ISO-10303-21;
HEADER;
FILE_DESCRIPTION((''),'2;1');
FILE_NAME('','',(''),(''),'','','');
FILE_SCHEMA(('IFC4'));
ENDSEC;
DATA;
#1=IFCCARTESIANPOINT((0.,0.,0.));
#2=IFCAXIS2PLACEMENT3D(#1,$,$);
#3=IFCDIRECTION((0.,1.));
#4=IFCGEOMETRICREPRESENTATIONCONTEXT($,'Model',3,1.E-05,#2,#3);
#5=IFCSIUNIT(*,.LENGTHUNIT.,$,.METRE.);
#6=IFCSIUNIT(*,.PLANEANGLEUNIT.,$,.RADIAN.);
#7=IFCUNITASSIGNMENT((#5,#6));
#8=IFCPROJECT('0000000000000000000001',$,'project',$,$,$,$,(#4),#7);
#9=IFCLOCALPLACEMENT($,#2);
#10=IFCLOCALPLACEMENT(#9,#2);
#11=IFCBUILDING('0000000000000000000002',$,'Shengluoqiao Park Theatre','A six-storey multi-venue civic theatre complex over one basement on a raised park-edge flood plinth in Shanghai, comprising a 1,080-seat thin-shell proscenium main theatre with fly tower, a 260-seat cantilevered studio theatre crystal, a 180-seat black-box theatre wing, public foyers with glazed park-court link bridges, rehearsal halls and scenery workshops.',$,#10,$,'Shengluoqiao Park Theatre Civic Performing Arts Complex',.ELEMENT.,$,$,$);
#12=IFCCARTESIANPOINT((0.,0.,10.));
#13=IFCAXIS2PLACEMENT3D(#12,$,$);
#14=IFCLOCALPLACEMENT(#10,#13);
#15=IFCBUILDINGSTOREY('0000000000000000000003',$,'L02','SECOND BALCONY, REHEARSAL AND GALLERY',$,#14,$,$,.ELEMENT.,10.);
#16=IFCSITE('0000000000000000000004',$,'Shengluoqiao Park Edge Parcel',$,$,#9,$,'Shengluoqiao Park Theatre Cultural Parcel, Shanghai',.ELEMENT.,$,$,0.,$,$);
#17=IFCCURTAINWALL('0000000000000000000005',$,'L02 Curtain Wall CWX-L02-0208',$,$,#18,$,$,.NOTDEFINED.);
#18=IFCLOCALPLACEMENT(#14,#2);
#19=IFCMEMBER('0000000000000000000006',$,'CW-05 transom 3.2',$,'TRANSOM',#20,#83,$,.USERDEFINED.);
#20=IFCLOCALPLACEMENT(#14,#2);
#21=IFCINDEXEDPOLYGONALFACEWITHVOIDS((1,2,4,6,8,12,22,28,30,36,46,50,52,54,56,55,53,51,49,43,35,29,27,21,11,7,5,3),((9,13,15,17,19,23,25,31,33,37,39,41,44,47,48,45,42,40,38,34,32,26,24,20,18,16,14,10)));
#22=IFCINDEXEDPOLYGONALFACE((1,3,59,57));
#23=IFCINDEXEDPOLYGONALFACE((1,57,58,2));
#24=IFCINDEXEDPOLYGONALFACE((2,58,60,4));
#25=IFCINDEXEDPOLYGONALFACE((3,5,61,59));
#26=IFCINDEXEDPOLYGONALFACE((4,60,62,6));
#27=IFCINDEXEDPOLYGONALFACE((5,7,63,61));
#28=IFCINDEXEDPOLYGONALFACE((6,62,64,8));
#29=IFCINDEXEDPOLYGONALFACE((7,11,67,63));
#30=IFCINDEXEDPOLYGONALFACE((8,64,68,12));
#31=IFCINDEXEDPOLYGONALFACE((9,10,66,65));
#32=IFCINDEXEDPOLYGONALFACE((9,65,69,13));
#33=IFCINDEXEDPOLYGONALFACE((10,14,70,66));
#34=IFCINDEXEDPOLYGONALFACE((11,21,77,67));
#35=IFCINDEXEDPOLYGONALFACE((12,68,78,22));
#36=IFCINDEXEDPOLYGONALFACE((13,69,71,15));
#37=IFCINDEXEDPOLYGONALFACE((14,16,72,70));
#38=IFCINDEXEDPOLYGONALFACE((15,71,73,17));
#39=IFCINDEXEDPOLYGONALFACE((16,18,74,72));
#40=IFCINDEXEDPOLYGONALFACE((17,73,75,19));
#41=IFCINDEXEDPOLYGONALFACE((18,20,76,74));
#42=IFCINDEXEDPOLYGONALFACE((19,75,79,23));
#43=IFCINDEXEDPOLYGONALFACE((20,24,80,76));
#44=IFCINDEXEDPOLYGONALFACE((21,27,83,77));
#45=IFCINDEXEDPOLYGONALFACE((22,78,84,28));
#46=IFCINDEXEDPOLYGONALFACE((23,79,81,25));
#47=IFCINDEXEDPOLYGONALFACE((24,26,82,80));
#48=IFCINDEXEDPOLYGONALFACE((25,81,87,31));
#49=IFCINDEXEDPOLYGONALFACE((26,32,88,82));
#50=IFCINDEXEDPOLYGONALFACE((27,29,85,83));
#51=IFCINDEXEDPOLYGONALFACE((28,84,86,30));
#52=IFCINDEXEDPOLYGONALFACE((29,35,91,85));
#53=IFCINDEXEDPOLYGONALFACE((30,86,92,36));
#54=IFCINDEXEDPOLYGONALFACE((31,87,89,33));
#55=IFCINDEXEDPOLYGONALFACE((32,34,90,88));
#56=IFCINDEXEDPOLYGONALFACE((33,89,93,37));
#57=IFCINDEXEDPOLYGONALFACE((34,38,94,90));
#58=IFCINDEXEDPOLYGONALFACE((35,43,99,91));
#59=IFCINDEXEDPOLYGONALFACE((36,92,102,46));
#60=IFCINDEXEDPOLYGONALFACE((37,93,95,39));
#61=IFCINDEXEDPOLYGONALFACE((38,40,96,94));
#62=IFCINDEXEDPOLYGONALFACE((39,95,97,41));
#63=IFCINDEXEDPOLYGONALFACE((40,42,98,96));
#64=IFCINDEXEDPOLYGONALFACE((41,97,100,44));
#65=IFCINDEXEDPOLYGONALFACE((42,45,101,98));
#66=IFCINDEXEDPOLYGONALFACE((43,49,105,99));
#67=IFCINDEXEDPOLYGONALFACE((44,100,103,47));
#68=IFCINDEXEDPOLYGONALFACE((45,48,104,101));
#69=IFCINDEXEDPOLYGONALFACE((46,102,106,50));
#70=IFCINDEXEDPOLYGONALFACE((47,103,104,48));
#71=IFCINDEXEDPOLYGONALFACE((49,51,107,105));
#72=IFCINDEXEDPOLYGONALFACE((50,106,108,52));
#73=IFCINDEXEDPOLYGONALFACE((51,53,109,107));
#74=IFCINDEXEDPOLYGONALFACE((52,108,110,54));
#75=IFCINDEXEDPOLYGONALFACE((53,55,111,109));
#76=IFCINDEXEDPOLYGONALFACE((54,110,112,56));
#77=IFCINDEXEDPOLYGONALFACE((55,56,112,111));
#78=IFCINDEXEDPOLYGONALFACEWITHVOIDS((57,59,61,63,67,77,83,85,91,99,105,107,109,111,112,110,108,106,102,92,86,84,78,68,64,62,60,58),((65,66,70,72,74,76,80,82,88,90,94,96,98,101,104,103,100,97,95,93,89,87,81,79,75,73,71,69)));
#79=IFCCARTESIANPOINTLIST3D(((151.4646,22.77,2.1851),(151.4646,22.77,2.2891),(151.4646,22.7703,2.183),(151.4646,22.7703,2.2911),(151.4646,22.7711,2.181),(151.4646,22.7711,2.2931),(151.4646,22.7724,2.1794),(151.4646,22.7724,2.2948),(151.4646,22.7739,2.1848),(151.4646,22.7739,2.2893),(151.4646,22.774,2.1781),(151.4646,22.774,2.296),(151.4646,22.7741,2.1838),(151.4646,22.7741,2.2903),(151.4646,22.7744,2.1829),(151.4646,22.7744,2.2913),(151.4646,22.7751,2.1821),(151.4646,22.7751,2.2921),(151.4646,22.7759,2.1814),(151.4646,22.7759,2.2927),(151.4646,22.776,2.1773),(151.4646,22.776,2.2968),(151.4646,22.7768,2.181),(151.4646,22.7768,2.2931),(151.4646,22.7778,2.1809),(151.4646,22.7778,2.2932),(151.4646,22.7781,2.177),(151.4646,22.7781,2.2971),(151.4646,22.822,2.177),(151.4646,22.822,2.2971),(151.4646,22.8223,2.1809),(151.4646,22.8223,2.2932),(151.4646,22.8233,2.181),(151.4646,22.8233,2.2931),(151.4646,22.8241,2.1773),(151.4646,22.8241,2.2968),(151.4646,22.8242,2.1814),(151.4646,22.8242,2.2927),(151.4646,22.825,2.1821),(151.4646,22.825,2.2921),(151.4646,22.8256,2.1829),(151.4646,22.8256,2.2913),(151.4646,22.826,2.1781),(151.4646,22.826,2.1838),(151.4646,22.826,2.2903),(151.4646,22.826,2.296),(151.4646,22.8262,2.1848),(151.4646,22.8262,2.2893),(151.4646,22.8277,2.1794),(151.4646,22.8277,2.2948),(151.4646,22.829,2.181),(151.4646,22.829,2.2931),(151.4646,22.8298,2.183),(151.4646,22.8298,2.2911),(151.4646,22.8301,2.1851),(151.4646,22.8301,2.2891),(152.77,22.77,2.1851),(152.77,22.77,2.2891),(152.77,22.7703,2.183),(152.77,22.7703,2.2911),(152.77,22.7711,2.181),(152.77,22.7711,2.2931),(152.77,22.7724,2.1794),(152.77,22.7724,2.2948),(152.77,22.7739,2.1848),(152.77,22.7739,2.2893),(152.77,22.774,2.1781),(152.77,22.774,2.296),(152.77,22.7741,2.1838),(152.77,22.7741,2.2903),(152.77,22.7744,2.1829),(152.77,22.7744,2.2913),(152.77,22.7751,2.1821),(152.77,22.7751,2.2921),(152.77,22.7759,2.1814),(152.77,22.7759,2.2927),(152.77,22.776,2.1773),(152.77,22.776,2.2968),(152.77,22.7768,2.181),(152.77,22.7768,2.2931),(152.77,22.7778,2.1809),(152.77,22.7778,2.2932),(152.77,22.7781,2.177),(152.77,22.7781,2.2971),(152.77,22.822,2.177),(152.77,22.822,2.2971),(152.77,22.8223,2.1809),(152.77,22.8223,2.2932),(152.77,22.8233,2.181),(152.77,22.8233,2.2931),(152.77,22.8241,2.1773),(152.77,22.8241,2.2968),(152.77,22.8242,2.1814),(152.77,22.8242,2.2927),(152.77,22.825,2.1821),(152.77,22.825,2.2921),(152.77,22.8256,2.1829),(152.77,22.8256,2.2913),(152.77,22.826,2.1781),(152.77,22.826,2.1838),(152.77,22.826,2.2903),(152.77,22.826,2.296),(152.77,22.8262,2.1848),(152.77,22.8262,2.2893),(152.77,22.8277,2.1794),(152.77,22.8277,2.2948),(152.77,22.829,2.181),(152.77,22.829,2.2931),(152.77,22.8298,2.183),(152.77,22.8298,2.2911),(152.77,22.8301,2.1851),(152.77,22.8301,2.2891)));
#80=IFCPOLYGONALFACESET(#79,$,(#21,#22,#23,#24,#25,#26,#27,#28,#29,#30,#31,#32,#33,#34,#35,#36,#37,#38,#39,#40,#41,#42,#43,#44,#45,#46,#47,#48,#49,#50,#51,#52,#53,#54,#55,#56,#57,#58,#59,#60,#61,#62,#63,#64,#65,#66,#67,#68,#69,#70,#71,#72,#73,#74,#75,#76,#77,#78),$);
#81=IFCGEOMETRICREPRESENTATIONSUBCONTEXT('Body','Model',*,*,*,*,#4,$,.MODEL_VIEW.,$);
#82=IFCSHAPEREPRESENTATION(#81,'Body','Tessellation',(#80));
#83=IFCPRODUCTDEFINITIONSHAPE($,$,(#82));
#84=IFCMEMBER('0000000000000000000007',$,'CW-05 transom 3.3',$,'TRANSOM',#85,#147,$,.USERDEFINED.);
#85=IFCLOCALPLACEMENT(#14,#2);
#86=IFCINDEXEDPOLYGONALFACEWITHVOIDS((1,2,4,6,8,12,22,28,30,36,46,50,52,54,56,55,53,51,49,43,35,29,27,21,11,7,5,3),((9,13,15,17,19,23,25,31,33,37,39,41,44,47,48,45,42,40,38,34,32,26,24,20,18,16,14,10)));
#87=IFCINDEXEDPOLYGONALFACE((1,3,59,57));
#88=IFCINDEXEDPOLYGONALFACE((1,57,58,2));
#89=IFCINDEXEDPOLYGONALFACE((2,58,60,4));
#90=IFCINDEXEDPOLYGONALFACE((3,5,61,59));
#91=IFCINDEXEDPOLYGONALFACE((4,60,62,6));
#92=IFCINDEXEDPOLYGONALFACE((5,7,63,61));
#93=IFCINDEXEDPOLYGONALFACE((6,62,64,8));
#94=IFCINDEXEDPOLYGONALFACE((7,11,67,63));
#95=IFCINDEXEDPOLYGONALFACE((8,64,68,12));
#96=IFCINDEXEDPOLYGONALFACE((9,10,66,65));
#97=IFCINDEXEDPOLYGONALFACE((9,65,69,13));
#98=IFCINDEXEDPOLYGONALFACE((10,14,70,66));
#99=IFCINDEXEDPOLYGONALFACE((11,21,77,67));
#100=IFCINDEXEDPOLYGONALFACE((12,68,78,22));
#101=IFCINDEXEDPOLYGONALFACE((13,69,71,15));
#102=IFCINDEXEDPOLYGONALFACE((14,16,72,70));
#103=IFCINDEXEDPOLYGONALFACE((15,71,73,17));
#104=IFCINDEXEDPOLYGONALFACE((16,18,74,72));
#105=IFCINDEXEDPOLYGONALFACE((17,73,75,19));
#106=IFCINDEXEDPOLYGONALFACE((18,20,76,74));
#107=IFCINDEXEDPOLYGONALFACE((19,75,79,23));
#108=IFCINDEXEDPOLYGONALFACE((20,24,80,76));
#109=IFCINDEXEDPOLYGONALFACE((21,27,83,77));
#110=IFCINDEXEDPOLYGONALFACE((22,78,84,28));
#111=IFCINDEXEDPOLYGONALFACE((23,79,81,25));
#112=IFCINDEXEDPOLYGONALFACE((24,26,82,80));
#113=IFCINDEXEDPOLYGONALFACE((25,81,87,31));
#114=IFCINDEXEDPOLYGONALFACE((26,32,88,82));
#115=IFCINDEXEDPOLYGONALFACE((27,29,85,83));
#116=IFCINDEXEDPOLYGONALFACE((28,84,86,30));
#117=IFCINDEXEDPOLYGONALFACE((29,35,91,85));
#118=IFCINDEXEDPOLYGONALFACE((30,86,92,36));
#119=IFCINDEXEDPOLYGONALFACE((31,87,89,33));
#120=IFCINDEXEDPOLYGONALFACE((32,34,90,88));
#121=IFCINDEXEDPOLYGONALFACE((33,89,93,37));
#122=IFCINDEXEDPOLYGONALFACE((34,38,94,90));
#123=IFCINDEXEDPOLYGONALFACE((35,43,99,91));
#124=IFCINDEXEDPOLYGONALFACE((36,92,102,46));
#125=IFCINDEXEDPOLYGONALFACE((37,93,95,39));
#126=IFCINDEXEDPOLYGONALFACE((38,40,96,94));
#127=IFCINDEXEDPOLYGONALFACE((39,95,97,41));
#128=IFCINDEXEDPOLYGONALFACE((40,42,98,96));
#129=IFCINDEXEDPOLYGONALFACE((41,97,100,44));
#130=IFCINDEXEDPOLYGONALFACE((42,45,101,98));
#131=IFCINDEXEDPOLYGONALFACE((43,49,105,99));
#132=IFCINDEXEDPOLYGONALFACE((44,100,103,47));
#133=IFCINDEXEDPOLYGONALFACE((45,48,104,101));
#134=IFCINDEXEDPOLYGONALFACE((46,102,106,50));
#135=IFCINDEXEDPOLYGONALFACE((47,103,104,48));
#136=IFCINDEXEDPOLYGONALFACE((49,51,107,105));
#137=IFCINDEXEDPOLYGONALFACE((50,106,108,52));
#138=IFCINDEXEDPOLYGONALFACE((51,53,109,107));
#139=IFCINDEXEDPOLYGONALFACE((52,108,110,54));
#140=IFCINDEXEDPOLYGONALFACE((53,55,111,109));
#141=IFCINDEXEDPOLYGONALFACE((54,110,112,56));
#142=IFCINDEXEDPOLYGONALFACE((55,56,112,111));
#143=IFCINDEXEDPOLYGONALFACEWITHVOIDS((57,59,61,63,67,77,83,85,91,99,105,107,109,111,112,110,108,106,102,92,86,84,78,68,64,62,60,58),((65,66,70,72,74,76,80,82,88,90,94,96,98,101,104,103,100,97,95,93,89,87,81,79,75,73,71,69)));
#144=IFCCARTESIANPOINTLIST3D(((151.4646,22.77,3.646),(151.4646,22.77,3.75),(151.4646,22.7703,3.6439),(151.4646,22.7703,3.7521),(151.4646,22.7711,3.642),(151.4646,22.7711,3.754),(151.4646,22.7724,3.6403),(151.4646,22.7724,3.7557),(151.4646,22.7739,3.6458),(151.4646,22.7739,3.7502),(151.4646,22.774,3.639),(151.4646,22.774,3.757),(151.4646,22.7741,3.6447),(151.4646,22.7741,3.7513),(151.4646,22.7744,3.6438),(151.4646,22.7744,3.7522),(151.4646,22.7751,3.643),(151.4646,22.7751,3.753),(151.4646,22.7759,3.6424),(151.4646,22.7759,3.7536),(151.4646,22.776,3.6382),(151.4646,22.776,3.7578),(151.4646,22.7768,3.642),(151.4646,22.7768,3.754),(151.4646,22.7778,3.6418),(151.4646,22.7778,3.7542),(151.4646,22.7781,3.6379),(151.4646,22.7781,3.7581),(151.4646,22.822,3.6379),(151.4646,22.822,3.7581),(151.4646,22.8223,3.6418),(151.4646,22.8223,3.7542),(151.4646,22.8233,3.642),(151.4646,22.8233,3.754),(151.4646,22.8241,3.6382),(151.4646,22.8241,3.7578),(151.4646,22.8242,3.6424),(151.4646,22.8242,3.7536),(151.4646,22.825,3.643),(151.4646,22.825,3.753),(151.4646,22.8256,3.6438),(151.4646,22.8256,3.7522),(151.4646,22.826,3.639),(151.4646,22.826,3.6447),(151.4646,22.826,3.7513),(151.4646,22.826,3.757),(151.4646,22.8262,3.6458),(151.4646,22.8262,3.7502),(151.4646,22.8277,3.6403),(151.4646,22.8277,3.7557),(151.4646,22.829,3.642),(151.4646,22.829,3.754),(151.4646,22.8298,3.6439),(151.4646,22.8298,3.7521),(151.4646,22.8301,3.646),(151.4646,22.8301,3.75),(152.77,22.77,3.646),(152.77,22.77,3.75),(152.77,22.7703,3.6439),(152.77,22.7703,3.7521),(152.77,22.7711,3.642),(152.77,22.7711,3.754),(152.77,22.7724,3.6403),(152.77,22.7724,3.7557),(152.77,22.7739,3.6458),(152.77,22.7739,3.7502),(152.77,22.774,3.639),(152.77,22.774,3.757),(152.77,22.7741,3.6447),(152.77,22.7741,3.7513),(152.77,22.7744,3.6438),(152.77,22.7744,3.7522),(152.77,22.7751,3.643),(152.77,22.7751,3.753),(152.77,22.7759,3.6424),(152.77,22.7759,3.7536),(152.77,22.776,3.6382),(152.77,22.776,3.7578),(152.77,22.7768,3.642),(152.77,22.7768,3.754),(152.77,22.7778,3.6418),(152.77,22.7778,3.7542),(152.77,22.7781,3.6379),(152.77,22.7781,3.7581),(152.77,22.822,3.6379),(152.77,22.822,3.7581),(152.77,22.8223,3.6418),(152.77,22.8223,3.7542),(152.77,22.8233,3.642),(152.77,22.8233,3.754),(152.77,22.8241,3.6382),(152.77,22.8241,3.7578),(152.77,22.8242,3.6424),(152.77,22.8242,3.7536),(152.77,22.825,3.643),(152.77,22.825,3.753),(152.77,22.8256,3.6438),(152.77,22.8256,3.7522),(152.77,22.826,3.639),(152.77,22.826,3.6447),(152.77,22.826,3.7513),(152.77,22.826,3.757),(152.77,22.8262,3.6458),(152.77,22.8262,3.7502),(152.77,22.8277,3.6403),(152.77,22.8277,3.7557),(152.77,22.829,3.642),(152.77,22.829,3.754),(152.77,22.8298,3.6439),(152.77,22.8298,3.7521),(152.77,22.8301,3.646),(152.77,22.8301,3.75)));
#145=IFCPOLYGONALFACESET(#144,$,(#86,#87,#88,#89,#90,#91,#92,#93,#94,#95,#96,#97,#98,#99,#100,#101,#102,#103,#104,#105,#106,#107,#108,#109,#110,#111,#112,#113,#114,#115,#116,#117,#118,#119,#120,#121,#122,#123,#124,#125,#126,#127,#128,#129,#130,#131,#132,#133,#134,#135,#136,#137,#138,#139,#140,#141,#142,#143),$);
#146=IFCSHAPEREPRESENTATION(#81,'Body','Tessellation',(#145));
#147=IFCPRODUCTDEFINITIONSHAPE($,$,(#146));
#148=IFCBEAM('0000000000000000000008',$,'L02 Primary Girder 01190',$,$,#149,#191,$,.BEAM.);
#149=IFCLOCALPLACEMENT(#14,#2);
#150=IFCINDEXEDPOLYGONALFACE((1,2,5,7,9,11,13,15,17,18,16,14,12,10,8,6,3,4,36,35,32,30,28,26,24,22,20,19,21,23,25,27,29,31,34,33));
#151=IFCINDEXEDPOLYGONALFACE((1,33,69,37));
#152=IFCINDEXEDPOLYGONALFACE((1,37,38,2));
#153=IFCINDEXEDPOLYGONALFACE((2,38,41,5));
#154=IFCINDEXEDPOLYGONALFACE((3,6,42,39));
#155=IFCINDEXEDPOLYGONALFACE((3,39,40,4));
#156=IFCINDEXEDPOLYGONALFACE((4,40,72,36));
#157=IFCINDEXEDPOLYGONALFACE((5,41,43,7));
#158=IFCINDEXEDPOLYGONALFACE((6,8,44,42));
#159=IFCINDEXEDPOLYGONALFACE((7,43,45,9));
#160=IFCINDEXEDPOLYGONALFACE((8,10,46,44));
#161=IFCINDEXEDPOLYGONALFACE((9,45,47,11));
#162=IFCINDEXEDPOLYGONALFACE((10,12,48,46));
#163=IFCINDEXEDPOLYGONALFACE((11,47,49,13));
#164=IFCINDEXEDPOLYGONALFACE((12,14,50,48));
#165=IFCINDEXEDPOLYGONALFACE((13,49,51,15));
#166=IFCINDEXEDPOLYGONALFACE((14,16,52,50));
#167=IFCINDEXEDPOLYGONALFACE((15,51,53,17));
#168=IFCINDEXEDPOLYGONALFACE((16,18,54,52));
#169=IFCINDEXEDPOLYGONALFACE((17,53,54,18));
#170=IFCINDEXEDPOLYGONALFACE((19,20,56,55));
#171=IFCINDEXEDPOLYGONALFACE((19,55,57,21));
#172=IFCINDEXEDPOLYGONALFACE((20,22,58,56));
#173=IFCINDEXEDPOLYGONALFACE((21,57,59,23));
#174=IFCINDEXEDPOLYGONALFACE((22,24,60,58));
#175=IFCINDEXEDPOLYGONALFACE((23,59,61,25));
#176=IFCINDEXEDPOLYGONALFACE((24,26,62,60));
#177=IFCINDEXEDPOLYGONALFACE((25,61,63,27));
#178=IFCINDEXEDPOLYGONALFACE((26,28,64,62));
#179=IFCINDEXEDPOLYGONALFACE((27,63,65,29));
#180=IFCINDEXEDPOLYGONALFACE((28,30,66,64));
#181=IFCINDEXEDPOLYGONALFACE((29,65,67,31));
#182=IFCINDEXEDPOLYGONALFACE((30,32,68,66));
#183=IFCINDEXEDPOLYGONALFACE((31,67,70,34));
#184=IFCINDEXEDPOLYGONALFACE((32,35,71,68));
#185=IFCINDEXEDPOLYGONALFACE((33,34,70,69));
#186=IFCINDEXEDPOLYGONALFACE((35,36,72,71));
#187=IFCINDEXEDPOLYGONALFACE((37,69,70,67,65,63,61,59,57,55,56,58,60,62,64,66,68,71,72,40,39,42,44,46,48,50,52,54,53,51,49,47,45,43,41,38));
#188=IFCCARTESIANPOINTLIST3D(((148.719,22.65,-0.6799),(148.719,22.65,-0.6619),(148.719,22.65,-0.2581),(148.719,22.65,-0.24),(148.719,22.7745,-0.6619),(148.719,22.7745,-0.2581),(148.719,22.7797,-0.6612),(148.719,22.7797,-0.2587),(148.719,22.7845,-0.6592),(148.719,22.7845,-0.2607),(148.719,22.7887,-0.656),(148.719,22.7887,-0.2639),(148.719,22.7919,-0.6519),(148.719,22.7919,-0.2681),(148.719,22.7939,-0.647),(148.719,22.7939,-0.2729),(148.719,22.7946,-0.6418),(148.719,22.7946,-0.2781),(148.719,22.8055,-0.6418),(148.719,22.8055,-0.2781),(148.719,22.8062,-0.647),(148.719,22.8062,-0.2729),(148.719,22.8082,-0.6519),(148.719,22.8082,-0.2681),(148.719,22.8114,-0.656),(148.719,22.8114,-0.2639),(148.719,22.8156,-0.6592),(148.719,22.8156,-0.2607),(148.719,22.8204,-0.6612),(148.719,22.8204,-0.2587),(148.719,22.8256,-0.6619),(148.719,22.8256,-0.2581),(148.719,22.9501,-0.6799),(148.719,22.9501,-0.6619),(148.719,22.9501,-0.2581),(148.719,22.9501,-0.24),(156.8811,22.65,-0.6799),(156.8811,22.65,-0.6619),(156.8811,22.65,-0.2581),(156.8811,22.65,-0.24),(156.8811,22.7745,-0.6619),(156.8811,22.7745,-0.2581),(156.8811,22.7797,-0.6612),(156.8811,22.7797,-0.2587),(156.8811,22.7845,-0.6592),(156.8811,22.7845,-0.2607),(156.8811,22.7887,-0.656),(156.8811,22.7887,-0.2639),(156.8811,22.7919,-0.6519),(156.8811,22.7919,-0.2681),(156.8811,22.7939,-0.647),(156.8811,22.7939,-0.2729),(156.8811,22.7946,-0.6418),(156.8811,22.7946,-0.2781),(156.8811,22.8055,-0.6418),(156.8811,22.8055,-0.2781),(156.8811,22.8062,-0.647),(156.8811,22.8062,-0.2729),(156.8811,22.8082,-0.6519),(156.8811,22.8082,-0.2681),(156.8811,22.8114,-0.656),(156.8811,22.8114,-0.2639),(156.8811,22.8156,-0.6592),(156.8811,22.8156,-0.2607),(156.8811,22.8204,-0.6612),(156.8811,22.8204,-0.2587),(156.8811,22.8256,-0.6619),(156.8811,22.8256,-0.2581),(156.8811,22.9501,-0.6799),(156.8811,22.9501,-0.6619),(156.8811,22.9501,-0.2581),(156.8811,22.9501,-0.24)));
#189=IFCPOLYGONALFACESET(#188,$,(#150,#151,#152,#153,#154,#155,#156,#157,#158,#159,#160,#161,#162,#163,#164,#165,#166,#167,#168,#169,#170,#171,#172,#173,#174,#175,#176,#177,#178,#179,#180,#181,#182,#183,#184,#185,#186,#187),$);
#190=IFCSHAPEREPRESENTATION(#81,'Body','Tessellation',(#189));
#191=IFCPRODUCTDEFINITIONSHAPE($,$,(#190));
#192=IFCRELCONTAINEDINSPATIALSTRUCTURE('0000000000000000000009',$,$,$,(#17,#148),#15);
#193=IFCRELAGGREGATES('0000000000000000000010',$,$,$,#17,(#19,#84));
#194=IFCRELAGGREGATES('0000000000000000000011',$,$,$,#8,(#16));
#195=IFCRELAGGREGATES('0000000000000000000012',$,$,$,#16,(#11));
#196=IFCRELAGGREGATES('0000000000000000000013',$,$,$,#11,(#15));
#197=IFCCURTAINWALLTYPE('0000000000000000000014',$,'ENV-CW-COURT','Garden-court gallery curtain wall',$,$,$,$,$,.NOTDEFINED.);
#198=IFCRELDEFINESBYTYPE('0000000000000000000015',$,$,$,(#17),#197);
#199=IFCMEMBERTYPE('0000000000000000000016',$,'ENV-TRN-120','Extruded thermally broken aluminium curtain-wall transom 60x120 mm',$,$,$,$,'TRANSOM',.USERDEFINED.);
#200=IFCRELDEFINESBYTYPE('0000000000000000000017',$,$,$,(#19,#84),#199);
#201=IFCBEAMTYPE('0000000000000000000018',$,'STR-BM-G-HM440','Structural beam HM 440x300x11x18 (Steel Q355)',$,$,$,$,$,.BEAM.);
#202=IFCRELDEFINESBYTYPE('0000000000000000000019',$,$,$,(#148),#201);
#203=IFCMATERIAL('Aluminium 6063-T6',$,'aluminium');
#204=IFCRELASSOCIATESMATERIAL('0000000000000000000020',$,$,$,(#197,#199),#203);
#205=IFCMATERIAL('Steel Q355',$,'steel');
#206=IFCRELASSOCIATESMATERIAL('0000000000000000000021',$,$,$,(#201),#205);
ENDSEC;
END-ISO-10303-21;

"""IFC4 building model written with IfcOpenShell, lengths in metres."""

from ifc_helpers import new_model, si_unit, direction, frame, origin, origin_2d, place, context, subcontext, project, spatial, hollow_rectangle, i_section, extrude, material, material_profile, profile_set, type_object, element, aggregate, save


model = new_model("IFC4")

# Units and contexts
model_context = context("Model", 3, precision=1e-05, world=origin(), true_north=direction((0.0, 1.0)))
body_context = subcontext(model_context, "Body", "Model", "MODEL_VIEW")
ifc_project = project(units=[si_unit("LENGTHUNIT", "METRE"), si_unit("PLANEANGLEUNIT", "RADIAN")], contexts=[model_context])

# Site, building, storey
site_placement = place(None, origin())
site = spatial("IfcSite", under=ifc_project, at=site_placement, Name="Shengluoqiao Park Edge Parcel", LongName="Shengluoqiao Park Theatre Cultural Parcel, Shanghai", CompositionType="ELEMENT", RefElevation=0.0)
building_placement = place(site_placement, origin())
building = spatial("IfcBuilding", under=site, at=building_placement, Name="Shengluoqiao Park Theatre", Description="A six-storey multi-venue civic theatre complex over one basement on a raised park-edge flood plinth in Shanghai, comprising a 1,080-seat thin-shell proscenium main theatre with fly tower, a 260-seat cantilevered studio theatre crystal, a 180-seat black-box theatre wing, public foyers with glazed park-court link bridges, rehearsal halls and scenery workshops.", LongName="Shengluoqiao Park Theatre Civic Performing Arts Complex", CompositionType="ELEMENT")
storey_placement = place(building_placement, frame((0.0, 0.0, 10.0)))
storey = spatial("IfcBuildingStorey", under=building, at=storey_placement, Name="L02", Description="SECOND BALCONY, REHEARSAL AND GALLERY", CompositionType="ELEMENT", Elevation=10.0)

# Curtain wall, members
ifc_material_1 = material(Name="Aluminium 6063-T6", Category="aluminium")
curtain_wall_type = type_object("IfcCurtainWallType", Name="ENV-CW-COURT", Description="Garden-court gallery curtain wall", PredefinedType="NOTDEFINED", material=ifc_material_1)
curtain_wall_placement = place(storey_placement, origin())
curtain_wall = element("IfcCurtainWall", 1, at=curtain_wall_placement, inside=storey, type_object=curtain_wall_type, Name="L02 Curtain Wall CWX-L02-0208", PredefinedType="NOTDEFINED")
ifc_material_profile_1 = material_profile(ifc_material_1, hollow_rectangle(XDim=0.0601, YDim=0.1201, WallThickness=0.0039, InnerFilletRadius=0.0039, OuterFilletRadius=0.0081, at=origin_2d()), Name="ALU TRANSOM 120x60x4")
ifc_profile_set_1 = profile_set([ifc_material_profile_1], Name="Aluminium 6063-T6")
member_type_1 = type_object("IfcMemberType", Name="ENV-TRN-120", Description="Extruded thermally broken aluminium curtain-wall transom 60x120 mm", ElementType="TRANSOM", PredefinedType="USERDEFINED", material=ifc_profile_set_1)
member_1_placement = place(storey_placement, frame((151.4646, 22.8, 2.2371), z_axis=(1.0, 0.0, 0.0), x_axis=(0.0, 1.0, 0.0)))
member_1 = element("IfcMember", 2, at=member_1_placement, type_object=member_type_1, Name="CW-05 transom 3.2", ObjectType="TRANSOM", PredefinedType="USERDEFINED", context=body_context, shape_type="SweptSolid", body=[
    extrude(hollow_rectangle(XDim=0.0601, YDim=0.1201, WallThickness=0.0039, InnerFilletRadius=0.0039, OuterFilletRadius=0.0081, at=origin_2d()), origin(), (0.0, 0.0, 1.0), 1.3054),
])
member_2_placement = place(storey_placement, frame((151.4646, 22.8, 3.698), z_axis=(1.0, 0.0, 0.0), x_axis=(0.0, 1.0, 0.0)))
member_2 = element("IfcMember", 3, at=member_2_placement, type_object=member_type_1, Name="CW-05 transom 3.3", ObjectType="TRANSOM", PredefinedType="USERDEFINED", context=body_context, shape_type="SweptSolid", body=[
    extrude(hollow_rectangle(XDim=0.0601, YDim=0.1201, WallThickness=0.0039, InnerFilletRadius=0.0039, OuterFilletRadius=0.0081, at=origin_2d()), origin(), (0.0, 0.0, 1.0), 1.3054),
])

# Beam
ifc_material_2 = material(Name="Steel Q355", Category="steel")
ifc_material_profile_2 = material_profile(ifc_material_2, i_section(OverallWidth=0.3, OverallDepth=0.4399, WebThickness=0.011, FlangeThickness=0.0181, FilletRadius=0.02, at=origin_2d()), Name="HM 440x300x11x18")
ifc_profile_set_2 = profile_set([ifc_material_profile_2], Name="Steel Q355")
beam_type = type_object("IfcBeamType", Name="STR-BM-G-HM440", Description="Structural beam HM 440x300x11x18 (Steel Q355)", PredefinedType="BEAM", material=ifc_profile_set_2)
beam_placement = place(storey_placement, frame((148.719, 22.8, -0.46), z_axis=(1.0, 0.0, 0.0), x_axis=(0.0, 1.0, 0.0)))
element("IfcBeam", 4, at=beam_placement, inside=storey, type_object=beam_type, Name="L02 Primary Girder 01190", PredefinedType="BEAM", context=body_context, shape_type="SweptSolid", body=[
    extrude(i_section(OverallWidth=0.3, OverallDepth=0.4399, WebThickness=0.011, FlangeThickness=0.0181, FilletRadius=0.02, at=origin_2d()), origin(), (0.0, 0.0, 1.0), 8.1621),
])

aggregate(curtain_wall, [member_1, member_2])

save(model, "model.ifc")
